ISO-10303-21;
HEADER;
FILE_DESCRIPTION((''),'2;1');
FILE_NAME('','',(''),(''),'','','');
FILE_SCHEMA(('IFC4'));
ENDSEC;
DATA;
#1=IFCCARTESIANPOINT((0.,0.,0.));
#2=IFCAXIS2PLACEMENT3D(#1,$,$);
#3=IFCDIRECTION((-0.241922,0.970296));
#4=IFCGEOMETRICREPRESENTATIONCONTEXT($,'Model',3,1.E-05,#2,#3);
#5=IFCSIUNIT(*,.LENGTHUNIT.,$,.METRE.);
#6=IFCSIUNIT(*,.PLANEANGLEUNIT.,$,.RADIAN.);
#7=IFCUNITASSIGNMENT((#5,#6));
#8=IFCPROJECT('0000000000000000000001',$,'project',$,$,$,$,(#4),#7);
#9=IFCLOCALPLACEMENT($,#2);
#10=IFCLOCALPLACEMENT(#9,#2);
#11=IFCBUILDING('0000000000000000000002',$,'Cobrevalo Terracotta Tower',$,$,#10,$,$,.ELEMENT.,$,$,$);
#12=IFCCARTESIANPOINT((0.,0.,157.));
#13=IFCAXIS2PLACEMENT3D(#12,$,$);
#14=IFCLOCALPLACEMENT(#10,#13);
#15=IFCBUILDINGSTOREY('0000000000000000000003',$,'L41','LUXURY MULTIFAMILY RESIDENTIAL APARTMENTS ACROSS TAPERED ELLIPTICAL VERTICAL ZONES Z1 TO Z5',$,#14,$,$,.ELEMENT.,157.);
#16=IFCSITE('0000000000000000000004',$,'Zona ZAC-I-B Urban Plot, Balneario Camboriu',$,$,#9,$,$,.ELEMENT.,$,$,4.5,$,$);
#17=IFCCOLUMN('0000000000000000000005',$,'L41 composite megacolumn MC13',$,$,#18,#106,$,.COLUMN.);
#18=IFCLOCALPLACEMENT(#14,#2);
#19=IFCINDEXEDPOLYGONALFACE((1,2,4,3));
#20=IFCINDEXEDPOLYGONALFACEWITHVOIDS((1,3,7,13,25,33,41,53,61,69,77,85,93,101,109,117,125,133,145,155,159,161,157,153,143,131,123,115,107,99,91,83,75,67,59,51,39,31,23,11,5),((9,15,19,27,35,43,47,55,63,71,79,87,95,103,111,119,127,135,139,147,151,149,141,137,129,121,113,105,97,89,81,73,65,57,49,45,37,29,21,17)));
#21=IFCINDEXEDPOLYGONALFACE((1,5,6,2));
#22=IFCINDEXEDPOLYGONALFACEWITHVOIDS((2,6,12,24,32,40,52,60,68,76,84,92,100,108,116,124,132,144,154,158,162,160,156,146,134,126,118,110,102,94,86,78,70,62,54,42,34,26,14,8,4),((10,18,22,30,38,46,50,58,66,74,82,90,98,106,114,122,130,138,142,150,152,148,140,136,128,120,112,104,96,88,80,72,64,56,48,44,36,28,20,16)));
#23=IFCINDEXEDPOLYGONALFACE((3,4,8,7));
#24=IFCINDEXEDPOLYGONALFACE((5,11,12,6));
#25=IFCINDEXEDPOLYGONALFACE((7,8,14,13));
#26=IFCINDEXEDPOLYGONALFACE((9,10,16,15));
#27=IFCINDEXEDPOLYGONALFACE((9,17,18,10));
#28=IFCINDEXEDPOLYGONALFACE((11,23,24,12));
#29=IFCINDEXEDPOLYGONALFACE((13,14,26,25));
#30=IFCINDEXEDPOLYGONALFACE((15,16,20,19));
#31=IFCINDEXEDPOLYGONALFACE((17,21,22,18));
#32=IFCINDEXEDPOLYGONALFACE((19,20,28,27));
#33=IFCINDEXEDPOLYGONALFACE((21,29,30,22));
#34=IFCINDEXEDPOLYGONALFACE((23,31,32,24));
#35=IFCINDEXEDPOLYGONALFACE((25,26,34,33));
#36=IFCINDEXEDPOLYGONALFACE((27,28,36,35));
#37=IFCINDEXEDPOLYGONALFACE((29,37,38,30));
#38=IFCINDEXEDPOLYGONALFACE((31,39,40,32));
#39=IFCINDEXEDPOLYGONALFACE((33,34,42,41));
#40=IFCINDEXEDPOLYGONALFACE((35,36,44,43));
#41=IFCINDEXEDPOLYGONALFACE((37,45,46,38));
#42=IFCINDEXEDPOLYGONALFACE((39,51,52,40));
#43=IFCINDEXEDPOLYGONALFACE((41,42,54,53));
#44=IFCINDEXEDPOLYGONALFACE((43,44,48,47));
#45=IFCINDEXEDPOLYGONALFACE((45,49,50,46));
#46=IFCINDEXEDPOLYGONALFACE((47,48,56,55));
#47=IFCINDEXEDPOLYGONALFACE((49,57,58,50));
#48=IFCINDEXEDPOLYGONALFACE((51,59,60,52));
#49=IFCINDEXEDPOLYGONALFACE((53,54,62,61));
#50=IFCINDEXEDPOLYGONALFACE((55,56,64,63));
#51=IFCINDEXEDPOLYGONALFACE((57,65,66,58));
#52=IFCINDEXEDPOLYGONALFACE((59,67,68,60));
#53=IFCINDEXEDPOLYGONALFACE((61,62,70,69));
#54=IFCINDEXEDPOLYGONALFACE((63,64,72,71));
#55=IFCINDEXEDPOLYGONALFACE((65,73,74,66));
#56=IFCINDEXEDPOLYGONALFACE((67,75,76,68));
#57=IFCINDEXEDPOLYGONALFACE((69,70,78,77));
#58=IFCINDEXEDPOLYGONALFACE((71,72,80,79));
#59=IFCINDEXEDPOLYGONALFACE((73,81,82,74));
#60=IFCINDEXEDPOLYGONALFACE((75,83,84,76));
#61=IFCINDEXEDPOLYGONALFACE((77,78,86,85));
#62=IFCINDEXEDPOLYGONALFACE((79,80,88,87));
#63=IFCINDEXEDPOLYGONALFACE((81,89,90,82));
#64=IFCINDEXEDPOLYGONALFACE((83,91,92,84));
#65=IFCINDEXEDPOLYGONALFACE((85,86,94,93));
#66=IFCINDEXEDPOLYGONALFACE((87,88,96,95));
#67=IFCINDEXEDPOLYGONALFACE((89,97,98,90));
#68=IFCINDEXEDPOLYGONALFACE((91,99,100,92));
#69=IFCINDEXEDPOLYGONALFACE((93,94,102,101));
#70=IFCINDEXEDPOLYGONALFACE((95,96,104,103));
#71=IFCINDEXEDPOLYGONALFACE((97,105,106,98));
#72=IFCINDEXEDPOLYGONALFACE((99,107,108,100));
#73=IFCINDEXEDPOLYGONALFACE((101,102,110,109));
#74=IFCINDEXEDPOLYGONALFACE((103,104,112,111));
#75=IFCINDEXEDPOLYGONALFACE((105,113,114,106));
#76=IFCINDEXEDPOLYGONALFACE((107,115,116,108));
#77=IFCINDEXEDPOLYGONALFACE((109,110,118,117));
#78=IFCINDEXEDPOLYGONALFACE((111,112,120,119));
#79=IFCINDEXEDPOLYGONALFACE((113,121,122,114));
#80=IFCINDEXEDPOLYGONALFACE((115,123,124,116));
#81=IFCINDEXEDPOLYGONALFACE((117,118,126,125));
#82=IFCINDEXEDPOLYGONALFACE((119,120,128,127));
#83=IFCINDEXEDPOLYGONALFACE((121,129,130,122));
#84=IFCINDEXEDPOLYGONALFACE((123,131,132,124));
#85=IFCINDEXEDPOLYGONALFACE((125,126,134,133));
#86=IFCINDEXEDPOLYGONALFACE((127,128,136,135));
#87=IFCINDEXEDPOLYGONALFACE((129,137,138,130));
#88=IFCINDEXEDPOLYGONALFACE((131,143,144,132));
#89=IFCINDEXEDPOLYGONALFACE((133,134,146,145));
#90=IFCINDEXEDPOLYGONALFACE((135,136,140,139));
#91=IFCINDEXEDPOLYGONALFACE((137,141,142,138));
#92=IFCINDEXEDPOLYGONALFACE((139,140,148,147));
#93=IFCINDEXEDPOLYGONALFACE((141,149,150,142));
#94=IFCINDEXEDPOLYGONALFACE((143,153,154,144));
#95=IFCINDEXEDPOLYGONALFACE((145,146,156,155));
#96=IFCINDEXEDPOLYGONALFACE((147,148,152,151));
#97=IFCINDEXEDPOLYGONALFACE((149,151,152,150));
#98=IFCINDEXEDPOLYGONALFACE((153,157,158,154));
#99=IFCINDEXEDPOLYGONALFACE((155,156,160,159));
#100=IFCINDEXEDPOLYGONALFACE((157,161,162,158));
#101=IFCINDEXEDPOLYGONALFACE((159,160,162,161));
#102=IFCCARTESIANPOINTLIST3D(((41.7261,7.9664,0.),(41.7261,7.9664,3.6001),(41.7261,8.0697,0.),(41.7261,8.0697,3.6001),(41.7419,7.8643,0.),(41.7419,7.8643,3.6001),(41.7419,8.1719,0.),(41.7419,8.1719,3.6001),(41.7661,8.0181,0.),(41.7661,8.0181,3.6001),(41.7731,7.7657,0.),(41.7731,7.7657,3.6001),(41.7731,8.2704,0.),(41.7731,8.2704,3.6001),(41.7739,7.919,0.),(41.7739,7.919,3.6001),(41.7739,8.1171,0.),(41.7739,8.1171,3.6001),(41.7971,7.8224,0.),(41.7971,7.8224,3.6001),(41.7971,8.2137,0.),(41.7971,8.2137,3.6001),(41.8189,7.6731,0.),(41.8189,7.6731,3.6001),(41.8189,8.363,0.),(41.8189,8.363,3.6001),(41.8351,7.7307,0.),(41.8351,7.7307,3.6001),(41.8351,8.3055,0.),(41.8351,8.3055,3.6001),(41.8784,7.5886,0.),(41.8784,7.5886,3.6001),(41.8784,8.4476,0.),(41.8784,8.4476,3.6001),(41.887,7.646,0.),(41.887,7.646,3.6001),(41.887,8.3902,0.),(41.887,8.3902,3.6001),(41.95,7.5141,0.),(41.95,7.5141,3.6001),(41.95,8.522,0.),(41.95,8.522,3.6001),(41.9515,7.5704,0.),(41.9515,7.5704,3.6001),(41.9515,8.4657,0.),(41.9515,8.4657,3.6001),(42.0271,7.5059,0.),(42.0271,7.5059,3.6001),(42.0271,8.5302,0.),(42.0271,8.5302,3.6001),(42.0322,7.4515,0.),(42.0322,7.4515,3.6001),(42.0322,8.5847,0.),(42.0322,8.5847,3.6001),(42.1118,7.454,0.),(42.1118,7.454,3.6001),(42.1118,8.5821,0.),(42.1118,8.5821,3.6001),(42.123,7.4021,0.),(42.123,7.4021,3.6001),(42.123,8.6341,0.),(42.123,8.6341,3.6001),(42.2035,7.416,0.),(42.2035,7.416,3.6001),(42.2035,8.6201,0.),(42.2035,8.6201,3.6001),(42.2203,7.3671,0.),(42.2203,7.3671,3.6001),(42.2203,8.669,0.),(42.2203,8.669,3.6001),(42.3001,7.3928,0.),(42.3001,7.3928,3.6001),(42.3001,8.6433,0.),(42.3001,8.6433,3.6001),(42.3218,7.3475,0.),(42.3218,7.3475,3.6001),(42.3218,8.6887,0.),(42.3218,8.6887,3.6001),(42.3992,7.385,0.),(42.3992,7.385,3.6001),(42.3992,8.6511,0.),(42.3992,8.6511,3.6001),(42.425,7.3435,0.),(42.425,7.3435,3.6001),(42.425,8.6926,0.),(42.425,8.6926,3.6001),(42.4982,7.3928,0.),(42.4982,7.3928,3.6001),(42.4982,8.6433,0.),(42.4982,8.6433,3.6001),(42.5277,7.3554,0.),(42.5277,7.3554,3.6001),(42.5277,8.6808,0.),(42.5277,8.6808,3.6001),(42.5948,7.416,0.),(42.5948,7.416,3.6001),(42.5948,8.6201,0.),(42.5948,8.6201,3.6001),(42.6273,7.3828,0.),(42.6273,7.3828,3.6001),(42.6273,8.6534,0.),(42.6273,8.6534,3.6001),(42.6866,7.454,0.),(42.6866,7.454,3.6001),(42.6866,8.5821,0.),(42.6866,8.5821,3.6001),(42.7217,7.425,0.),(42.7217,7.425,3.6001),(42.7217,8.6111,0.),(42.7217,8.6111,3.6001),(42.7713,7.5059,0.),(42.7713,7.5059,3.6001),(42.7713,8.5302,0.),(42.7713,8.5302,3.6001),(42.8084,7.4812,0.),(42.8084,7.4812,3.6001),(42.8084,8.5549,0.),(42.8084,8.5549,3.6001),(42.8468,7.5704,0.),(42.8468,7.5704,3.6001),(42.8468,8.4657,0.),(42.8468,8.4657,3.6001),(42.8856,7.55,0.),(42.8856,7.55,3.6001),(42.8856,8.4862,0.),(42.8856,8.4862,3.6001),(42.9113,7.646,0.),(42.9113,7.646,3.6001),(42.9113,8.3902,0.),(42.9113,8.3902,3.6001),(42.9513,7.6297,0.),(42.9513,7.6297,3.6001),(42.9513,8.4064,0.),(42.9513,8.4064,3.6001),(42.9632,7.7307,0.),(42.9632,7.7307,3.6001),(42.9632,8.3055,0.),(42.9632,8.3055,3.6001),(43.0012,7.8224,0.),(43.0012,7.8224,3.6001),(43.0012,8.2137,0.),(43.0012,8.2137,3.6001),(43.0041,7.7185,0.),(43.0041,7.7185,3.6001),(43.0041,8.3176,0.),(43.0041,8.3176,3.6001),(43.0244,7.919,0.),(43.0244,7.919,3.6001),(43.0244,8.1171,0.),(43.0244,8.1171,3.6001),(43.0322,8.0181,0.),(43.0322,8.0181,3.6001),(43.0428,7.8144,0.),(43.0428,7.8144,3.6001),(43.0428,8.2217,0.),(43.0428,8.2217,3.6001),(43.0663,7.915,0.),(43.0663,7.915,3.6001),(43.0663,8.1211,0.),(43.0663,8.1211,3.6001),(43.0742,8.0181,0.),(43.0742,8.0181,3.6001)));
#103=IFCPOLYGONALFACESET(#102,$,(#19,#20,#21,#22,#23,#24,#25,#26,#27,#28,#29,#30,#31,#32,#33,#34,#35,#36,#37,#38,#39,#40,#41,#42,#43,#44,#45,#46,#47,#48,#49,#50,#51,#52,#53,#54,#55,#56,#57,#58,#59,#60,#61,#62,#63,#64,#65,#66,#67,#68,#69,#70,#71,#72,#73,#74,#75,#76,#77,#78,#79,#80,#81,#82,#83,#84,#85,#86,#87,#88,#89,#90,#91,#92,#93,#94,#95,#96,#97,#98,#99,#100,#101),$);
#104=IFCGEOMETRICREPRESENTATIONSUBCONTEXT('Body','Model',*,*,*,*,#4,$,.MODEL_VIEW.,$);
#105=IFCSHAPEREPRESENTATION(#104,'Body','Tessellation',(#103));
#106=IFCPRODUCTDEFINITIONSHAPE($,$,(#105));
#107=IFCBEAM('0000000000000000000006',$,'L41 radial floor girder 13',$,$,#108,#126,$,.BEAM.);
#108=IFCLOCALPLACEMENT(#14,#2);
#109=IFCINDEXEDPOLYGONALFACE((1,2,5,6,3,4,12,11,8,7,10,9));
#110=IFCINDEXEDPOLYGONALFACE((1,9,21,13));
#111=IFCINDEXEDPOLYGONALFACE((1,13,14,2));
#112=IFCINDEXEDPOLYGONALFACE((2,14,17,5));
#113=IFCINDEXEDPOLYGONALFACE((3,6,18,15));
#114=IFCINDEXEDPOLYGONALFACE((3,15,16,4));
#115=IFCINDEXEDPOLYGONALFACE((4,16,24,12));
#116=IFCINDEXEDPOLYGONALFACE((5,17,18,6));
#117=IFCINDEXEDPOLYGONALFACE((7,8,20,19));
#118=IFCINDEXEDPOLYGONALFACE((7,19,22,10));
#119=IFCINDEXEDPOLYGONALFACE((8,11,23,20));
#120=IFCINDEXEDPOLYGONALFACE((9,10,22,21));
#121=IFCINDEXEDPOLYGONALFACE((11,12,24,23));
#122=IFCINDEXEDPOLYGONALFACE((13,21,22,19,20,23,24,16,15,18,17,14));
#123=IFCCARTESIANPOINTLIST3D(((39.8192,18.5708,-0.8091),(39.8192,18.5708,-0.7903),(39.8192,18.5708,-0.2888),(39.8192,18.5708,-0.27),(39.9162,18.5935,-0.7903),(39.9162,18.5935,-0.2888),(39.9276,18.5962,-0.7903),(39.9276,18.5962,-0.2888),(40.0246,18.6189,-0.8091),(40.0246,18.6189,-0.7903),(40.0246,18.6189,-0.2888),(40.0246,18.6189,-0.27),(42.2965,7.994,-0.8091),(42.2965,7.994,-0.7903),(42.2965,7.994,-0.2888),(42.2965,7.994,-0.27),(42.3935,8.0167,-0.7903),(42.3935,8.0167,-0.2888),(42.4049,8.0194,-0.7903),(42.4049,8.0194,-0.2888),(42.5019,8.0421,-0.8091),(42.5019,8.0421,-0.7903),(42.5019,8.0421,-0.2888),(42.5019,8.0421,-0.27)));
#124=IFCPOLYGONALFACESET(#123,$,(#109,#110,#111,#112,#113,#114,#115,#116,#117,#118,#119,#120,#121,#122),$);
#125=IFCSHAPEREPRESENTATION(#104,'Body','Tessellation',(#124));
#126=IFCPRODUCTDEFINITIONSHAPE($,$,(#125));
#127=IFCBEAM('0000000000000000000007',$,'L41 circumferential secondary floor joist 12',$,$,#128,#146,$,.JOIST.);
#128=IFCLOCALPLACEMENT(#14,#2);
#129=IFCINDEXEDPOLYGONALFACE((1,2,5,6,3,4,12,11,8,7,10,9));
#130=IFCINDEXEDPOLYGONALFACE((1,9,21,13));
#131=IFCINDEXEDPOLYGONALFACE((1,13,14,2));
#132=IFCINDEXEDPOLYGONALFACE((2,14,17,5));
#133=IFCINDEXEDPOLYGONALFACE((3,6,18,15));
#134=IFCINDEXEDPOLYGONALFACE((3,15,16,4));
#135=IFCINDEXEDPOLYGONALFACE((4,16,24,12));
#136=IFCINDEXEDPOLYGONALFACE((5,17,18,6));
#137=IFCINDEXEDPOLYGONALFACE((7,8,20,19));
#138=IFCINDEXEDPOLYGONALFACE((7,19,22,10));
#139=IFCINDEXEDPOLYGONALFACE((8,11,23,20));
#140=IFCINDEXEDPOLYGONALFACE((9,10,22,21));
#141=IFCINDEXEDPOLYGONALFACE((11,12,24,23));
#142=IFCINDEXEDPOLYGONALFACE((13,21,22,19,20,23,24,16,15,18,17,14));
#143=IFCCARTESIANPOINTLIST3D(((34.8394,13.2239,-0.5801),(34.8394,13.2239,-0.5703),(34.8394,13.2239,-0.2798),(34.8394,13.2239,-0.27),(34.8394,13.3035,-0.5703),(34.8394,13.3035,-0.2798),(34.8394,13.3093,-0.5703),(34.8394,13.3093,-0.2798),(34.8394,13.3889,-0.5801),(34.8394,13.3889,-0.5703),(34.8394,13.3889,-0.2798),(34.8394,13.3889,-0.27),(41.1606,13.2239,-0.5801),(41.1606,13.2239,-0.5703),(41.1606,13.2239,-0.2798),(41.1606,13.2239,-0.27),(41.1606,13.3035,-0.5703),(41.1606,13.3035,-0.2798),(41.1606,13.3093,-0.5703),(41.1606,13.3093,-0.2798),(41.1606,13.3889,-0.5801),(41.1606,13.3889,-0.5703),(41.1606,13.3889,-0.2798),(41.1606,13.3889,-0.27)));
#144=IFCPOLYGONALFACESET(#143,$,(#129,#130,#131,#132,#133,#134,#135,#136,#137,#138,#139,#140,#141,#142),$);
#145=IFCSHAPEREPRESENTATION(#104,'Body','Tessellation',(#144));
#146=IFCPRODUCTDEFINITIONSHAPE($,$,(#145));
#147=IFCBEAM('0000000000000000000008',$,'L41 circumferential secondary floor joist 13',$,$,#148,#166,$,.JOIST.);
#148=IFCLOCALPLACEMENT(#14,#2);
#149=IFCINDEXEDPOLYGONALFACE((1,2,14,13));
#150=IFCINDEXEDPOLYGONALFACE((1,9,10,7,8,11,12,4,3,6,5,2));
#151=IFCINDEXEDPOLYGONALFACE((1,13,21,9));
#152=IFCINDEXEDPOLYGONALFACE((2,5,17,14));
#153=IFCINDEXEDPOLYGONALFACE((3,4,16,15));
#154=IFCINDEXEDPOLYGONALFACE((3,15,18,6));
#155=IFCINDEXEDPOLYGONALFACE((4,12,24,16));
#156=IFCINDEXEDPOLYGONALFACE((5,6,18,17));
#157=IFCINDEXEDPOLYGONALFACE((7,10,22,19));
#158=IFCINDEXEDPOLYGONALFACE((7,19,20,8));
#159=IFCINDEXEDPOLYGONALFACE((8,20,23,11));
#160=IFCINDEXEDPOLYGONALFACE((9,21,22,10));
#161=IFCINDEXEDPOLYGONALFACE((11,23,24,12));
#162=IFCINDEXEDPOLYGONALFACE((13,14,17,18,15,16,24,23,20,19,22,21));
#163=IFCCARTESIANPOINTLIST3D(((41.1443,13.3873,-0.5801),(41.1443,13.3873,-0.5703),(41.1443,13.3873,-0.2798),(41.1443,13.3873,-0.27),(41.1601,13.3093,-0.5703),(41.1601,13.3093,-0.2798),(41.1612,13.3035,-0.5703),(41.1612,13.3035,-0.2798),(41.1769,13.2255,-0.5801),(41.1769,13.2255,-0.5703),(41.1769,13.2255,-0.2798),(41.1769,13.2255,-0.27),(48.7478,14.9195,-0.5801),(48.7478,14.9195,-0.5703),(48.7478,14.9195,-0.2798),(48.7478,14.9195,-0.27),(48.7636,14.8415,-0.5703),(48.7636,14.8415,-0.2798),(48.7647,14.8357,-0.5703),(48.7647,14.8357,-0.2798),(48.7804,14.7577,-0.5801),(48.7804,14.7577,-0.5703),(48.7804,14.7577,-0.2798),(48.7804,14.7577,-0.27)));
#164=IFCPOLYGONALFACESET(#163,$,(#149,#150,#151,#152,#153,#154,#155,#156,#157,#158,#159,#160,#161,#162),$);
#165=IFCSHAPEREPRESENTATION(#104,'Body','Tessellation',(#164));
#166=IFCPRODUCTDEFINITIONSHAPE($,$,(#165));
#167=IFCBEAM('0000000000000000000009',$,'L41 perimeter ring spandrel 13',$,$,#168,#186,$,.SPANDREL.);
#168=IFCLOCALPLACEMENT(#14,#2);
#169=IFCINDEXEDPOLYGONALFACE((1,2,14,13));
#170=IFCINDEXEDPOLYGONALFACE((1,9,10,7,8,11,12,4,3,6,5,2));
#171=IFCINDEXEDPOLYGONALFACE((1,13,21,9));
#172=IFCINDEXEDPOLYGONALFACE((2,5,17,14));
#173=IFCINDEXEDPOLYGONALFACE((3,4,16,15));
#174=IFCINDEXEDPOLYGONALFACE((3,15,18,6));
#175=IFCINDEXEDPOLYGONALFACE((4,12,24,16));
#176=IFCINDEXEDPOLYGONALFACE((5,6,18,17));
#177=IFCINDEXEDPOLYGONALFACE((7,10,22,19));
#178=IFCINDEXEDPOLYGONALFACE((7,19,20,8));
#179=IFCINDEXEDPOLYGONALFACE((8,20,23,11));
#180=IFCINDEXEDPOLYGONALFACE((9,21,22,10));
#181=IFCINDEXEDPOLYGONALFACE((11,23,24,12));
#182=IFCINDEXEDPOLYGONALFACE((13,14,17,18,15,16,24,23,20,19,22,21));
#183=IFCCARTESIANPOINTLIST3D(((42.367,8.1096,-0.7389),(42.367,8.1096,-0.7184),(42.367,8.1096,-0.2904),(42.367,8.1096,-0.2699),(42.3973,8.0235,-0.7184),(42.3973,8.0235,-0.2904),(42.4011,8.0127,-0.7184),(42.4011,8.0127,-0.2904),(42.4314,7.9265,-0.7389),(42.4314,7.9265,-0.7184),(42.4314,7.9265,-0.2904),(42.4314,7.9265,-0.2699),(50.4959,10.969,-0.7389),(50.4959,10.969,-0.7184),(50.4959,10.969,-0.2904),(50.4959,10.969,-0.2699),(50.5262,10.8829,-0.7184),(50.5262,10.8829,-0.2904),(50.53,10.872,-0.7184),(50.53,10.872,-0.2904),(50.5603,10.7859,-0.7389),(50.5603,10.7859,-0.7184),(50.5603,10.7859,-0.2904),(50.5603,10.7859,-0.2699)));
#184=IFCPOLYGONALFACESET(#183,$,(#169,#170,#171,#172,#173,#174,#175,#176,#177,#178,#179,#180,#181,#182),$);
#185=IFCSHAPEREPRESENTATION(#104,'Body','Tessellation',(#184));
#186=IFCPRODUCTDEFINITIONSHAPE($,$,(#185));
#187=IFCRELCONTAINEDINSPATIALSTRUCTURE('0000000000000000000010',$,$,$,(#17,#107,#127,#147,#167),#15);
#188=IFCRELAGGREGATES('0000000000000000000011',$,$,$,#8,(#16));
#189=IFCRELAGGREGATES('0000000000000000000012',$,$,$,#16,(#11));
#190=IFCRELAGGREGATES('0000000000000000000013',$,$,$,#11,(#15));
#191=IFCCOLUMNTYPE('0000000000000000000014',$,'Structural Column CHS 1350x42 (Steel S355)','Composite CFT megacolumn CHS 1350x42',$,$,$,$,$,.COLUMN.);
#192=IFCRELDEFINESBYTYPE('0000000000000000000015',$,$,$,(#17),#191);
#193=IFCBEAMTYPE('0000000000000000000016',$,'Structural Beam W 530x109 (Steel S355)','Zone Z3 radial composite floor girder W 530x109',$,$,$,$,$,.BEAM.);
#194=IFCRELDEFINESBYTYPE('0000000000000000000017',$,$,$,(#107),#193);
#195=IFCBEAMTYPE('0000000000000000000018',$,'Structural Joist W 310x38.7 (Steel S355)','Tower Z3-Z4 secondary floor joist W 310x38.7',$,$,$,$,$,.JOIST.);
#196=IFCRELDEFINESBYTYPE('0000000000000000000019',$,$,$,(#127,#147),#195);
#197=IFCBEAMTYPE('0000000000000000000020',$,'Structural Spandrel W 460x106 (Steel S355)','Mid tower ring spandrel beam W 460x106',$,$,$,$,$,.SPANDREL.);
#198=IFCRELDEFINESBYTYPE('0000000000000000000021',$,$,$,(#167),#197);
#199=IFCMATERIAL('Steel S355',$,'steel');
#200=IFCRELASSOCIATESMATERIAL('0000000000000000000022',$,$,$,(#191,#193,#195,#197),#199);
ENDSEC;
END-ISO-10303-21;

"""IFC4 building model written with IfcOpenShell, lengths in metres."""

from ifc_helpers import new_model, si_unit, direction, frame, origin, origin_2d, place, context, subcontext, project, spatial, hollow_circle, i_section, extrude, material, material_profile, profile_set, type_object, element, save


model = new_model("IFC4")

# Units and contexts
model_context = context("Model", 3, precision=1e-05, world=origin(), true_north=direction((-0.241922, 0.970296)))
body_context = subcontext(model_context, "Body", "Model", "MODEL_VIEW")
ifc_project = project(units=[si_unit("LENGTHUNIT", "METRE"), si_unit("PLANEANGLEUNIT", "RADIAN")], contexts=[model_context])

# Site, building, storey
site_placement = place(None, origin())
site = spatial("IfcSite", under=ifc_project, at=site_placement, Name="Zona ZAC-I-B Urban Plot, Balneario Camboriu", CompositionType="ELEMENT", RefElevation=4.5)
building_placement = place(site_placement, origin())
building = spatial("IfcBuilding", under=site, at=building_placement, Name="Cobrevalo Terracotta Tower", CompositionType="ELEMENT")
storey_placement = place(building_placement, frame((0.0, 0.0, 157.0)))
storey = spatial("IfcBuildingStorey", under=building, at=storey_placement, Name="L41", Description="LUXURY MULTIFAMILY RESIDENTIAL APARTMENTS ACROSS TAPERED ELLIPTICAL VERTICAL ZONES Z1 TO Z5", CompositionType="ELEMENT", Elevation=157.0)

# Column
ifc_material_1 = material(Name="Steel S355", Category="steel")
ifc_material_profile_1 = material_profile(ifc_material_1, hollow_circle(Radius=0.675, WallThickness=0.042, at=origin_2d()), Name="CHS 1350x42")
ifc_profile_set_1 = profile_set([ifc_material_profile_1], Name="Steel S355")
column_type = type_object("IfcColumnType", Name="Structural Column CHS 1350x42 (Steel S355)", Description="Composite CFT megacolumn CHS 1350x42", PredefinedType="COLUMN", material=ifc_profile_set_1)
column_placement = place(storey_placement, frame((42.3992, 8.0181, 0.0), z_axis=(0.0, 0.0, 1.0), x_axis=(1.0, 0.0, 0.0)))
element("IfcColumn", 1, at=column_placement, inside=storey, type_object=column_type, Name="L41 composite megacolumn MC13", PredefinedType="COLUMN", context=body_context, shape_type="SweptSolid", body=[
    extrude(hollow_circle(Radius=0.675, WallThickness=0.042, at=origin_2d()), origin(), (0.0, 0.0, 1.0), 3.6001),
])

# Beams
ifc_material_profile_2 = material_profile(ifc_material_1, i_section(OverallWidth=0.2109, OverallDepth=0.5391, WebThickness=0.0117, FlangeThickness=0.0188, at=origin_2d()), Name="W 530x109")
ifc_profile_set_2 = profile_set([ifc_material_profile_2], Name="Steel S355")
beam_type_1 = type_object("IfcBeamType", Name="Structural Beam W 530x109 (Steel S355)", Description="Zone Z3 radial composite floor girder W 530x109", PredefinedType="BEAM", material=ifc_profile_set_2)
beam_1_placement = place(storey_placement, frame((42.3992, 8.0181, -0.5396), z_axis=(-0.228046, 0.97365, 0.0), x_axis=(-0.97365, -0.228046, 0.0)))
element("IfcBeam", 2, at=beam_1_placement, inside=storey, type_object=beam_type_1, Name="L41 radial floor girder 13", PredefinedType="BEAM", context=body_context, shape_type="SweptSolid", body=[
    extrude(i_section(OverallWidth=0.2109, OverallDepth=0.5391, WebThickness=0.0117, FlangeThickness=0.0188, at=origin_2d()), origin(), (0.0, 0.0, 1.0), 10.863),
])
ifc_material_profile_3 = material_profile(ifc_material_1, i_section(OverallWidth=0.165, OverallDepth=0.3101, WebThickness=0.0059, FlangeThickness=0.0098, at=origin_2d()), Name="W 310x38.7")
ifc_profile_set_3 = profile_set([ifc_material_profile_3], Name="Steel S355")
beam_type_2 = type_object("IfcBeamType", Name="Structural Joist W 310x38.7 (Steel S355)", Description="Tower Z3-Z4 secondary floor joist W 310x38.7", PredefinedType="JOIST", material=ifc_profile_set_3)
beam_2_placement = place(storey_placement, frame((34.8394, 13.3064, -0.425), z_axis=(1.0, 0.0, 0.0), x_axis=(0.0, 1.0, 0.0)))
element("IfcBeam", 3, at=beam_2_placement, inside=storey, type_object=beam_type_2, Name="L41 circumferential secondary floor joist 12", PredefinedType="JOIST", context=body_context, shape_type="SweptSolid", body=[
    extrude(i_section(OverallWidth=0.165, OverallDepth=0.3101, WebThickness=0.0059, FlangeThickness=0.0098, at=origin_2d()), origin(), (0.0, 0.0, 1.0), 6.3213),
])
beam_3_placement = place(storey_placement, frame((41.1606, 13.3064, -0.425), z_axis=(0.980294, 0.197544, 0.0), x_axis=(-0.197544, 0.980294, 0.0)))
element("IfcBeam", 4, at=beam_3_placement, inside=storey, type_object=beam_type_2, Name="L41 circumferential secondary floor joist 13", PredefinedType="JOIST", context=body_context, shape_type="SweptSolid", body=[
    extrude(i_section(OverallWidth=0.165, OverallDepth=0.3101, WebThickness=0.0059, FlangeThickness=0.0098, at=origin_2d()), origin(), (0.0, 0.0, 1.0), 7.7563),
])
ifc_material_profile_4 = material_profile(ifc_material_1, i_section(OverallWidth=0.1941, OverallDepth=0.469, WebThickness=0.0115, FlangeThickness=0.0205, at=origin_2d()), Name="W 460x106")
ifc_profile_set_4 = profile_set([ifc_material_profile_4], Name="Steel S355")
beam_type_3 = type_object("IfcBeamType", Name="Structural Spandrel W 460x106 (Steel S355)", Description="Mid tower ring spandrel beam W 460x106", PredefinedType="SPANDREL", material=ifc_profile_set_4)
beam_4_placement = place(storey_placement, frame((42.3992, 8.0181, -0.5044), z_axis=(0.943341, 0.331824, 0.0), x_axis=(-0.331824, 0.943341, 0.0)))
element("IfcBeam", 5, at=beam_4_placement, inside=storey, type_object=beam_type_3, Name="L41 perimeter ring spandrel 13", PredefinedType="SPANDREL", context=body_context, shape_type="SweptSolid", body=[
    extrude(i_section(OverallWidth=0.1941, OverallDepth=0.469, WebThickness=0.0115, FlangeThickness=0.0205, at=origin_2d()), origin(), (0.0, 0.0, 1.0), 8.6172),
])

save(model, "model.ifc")
